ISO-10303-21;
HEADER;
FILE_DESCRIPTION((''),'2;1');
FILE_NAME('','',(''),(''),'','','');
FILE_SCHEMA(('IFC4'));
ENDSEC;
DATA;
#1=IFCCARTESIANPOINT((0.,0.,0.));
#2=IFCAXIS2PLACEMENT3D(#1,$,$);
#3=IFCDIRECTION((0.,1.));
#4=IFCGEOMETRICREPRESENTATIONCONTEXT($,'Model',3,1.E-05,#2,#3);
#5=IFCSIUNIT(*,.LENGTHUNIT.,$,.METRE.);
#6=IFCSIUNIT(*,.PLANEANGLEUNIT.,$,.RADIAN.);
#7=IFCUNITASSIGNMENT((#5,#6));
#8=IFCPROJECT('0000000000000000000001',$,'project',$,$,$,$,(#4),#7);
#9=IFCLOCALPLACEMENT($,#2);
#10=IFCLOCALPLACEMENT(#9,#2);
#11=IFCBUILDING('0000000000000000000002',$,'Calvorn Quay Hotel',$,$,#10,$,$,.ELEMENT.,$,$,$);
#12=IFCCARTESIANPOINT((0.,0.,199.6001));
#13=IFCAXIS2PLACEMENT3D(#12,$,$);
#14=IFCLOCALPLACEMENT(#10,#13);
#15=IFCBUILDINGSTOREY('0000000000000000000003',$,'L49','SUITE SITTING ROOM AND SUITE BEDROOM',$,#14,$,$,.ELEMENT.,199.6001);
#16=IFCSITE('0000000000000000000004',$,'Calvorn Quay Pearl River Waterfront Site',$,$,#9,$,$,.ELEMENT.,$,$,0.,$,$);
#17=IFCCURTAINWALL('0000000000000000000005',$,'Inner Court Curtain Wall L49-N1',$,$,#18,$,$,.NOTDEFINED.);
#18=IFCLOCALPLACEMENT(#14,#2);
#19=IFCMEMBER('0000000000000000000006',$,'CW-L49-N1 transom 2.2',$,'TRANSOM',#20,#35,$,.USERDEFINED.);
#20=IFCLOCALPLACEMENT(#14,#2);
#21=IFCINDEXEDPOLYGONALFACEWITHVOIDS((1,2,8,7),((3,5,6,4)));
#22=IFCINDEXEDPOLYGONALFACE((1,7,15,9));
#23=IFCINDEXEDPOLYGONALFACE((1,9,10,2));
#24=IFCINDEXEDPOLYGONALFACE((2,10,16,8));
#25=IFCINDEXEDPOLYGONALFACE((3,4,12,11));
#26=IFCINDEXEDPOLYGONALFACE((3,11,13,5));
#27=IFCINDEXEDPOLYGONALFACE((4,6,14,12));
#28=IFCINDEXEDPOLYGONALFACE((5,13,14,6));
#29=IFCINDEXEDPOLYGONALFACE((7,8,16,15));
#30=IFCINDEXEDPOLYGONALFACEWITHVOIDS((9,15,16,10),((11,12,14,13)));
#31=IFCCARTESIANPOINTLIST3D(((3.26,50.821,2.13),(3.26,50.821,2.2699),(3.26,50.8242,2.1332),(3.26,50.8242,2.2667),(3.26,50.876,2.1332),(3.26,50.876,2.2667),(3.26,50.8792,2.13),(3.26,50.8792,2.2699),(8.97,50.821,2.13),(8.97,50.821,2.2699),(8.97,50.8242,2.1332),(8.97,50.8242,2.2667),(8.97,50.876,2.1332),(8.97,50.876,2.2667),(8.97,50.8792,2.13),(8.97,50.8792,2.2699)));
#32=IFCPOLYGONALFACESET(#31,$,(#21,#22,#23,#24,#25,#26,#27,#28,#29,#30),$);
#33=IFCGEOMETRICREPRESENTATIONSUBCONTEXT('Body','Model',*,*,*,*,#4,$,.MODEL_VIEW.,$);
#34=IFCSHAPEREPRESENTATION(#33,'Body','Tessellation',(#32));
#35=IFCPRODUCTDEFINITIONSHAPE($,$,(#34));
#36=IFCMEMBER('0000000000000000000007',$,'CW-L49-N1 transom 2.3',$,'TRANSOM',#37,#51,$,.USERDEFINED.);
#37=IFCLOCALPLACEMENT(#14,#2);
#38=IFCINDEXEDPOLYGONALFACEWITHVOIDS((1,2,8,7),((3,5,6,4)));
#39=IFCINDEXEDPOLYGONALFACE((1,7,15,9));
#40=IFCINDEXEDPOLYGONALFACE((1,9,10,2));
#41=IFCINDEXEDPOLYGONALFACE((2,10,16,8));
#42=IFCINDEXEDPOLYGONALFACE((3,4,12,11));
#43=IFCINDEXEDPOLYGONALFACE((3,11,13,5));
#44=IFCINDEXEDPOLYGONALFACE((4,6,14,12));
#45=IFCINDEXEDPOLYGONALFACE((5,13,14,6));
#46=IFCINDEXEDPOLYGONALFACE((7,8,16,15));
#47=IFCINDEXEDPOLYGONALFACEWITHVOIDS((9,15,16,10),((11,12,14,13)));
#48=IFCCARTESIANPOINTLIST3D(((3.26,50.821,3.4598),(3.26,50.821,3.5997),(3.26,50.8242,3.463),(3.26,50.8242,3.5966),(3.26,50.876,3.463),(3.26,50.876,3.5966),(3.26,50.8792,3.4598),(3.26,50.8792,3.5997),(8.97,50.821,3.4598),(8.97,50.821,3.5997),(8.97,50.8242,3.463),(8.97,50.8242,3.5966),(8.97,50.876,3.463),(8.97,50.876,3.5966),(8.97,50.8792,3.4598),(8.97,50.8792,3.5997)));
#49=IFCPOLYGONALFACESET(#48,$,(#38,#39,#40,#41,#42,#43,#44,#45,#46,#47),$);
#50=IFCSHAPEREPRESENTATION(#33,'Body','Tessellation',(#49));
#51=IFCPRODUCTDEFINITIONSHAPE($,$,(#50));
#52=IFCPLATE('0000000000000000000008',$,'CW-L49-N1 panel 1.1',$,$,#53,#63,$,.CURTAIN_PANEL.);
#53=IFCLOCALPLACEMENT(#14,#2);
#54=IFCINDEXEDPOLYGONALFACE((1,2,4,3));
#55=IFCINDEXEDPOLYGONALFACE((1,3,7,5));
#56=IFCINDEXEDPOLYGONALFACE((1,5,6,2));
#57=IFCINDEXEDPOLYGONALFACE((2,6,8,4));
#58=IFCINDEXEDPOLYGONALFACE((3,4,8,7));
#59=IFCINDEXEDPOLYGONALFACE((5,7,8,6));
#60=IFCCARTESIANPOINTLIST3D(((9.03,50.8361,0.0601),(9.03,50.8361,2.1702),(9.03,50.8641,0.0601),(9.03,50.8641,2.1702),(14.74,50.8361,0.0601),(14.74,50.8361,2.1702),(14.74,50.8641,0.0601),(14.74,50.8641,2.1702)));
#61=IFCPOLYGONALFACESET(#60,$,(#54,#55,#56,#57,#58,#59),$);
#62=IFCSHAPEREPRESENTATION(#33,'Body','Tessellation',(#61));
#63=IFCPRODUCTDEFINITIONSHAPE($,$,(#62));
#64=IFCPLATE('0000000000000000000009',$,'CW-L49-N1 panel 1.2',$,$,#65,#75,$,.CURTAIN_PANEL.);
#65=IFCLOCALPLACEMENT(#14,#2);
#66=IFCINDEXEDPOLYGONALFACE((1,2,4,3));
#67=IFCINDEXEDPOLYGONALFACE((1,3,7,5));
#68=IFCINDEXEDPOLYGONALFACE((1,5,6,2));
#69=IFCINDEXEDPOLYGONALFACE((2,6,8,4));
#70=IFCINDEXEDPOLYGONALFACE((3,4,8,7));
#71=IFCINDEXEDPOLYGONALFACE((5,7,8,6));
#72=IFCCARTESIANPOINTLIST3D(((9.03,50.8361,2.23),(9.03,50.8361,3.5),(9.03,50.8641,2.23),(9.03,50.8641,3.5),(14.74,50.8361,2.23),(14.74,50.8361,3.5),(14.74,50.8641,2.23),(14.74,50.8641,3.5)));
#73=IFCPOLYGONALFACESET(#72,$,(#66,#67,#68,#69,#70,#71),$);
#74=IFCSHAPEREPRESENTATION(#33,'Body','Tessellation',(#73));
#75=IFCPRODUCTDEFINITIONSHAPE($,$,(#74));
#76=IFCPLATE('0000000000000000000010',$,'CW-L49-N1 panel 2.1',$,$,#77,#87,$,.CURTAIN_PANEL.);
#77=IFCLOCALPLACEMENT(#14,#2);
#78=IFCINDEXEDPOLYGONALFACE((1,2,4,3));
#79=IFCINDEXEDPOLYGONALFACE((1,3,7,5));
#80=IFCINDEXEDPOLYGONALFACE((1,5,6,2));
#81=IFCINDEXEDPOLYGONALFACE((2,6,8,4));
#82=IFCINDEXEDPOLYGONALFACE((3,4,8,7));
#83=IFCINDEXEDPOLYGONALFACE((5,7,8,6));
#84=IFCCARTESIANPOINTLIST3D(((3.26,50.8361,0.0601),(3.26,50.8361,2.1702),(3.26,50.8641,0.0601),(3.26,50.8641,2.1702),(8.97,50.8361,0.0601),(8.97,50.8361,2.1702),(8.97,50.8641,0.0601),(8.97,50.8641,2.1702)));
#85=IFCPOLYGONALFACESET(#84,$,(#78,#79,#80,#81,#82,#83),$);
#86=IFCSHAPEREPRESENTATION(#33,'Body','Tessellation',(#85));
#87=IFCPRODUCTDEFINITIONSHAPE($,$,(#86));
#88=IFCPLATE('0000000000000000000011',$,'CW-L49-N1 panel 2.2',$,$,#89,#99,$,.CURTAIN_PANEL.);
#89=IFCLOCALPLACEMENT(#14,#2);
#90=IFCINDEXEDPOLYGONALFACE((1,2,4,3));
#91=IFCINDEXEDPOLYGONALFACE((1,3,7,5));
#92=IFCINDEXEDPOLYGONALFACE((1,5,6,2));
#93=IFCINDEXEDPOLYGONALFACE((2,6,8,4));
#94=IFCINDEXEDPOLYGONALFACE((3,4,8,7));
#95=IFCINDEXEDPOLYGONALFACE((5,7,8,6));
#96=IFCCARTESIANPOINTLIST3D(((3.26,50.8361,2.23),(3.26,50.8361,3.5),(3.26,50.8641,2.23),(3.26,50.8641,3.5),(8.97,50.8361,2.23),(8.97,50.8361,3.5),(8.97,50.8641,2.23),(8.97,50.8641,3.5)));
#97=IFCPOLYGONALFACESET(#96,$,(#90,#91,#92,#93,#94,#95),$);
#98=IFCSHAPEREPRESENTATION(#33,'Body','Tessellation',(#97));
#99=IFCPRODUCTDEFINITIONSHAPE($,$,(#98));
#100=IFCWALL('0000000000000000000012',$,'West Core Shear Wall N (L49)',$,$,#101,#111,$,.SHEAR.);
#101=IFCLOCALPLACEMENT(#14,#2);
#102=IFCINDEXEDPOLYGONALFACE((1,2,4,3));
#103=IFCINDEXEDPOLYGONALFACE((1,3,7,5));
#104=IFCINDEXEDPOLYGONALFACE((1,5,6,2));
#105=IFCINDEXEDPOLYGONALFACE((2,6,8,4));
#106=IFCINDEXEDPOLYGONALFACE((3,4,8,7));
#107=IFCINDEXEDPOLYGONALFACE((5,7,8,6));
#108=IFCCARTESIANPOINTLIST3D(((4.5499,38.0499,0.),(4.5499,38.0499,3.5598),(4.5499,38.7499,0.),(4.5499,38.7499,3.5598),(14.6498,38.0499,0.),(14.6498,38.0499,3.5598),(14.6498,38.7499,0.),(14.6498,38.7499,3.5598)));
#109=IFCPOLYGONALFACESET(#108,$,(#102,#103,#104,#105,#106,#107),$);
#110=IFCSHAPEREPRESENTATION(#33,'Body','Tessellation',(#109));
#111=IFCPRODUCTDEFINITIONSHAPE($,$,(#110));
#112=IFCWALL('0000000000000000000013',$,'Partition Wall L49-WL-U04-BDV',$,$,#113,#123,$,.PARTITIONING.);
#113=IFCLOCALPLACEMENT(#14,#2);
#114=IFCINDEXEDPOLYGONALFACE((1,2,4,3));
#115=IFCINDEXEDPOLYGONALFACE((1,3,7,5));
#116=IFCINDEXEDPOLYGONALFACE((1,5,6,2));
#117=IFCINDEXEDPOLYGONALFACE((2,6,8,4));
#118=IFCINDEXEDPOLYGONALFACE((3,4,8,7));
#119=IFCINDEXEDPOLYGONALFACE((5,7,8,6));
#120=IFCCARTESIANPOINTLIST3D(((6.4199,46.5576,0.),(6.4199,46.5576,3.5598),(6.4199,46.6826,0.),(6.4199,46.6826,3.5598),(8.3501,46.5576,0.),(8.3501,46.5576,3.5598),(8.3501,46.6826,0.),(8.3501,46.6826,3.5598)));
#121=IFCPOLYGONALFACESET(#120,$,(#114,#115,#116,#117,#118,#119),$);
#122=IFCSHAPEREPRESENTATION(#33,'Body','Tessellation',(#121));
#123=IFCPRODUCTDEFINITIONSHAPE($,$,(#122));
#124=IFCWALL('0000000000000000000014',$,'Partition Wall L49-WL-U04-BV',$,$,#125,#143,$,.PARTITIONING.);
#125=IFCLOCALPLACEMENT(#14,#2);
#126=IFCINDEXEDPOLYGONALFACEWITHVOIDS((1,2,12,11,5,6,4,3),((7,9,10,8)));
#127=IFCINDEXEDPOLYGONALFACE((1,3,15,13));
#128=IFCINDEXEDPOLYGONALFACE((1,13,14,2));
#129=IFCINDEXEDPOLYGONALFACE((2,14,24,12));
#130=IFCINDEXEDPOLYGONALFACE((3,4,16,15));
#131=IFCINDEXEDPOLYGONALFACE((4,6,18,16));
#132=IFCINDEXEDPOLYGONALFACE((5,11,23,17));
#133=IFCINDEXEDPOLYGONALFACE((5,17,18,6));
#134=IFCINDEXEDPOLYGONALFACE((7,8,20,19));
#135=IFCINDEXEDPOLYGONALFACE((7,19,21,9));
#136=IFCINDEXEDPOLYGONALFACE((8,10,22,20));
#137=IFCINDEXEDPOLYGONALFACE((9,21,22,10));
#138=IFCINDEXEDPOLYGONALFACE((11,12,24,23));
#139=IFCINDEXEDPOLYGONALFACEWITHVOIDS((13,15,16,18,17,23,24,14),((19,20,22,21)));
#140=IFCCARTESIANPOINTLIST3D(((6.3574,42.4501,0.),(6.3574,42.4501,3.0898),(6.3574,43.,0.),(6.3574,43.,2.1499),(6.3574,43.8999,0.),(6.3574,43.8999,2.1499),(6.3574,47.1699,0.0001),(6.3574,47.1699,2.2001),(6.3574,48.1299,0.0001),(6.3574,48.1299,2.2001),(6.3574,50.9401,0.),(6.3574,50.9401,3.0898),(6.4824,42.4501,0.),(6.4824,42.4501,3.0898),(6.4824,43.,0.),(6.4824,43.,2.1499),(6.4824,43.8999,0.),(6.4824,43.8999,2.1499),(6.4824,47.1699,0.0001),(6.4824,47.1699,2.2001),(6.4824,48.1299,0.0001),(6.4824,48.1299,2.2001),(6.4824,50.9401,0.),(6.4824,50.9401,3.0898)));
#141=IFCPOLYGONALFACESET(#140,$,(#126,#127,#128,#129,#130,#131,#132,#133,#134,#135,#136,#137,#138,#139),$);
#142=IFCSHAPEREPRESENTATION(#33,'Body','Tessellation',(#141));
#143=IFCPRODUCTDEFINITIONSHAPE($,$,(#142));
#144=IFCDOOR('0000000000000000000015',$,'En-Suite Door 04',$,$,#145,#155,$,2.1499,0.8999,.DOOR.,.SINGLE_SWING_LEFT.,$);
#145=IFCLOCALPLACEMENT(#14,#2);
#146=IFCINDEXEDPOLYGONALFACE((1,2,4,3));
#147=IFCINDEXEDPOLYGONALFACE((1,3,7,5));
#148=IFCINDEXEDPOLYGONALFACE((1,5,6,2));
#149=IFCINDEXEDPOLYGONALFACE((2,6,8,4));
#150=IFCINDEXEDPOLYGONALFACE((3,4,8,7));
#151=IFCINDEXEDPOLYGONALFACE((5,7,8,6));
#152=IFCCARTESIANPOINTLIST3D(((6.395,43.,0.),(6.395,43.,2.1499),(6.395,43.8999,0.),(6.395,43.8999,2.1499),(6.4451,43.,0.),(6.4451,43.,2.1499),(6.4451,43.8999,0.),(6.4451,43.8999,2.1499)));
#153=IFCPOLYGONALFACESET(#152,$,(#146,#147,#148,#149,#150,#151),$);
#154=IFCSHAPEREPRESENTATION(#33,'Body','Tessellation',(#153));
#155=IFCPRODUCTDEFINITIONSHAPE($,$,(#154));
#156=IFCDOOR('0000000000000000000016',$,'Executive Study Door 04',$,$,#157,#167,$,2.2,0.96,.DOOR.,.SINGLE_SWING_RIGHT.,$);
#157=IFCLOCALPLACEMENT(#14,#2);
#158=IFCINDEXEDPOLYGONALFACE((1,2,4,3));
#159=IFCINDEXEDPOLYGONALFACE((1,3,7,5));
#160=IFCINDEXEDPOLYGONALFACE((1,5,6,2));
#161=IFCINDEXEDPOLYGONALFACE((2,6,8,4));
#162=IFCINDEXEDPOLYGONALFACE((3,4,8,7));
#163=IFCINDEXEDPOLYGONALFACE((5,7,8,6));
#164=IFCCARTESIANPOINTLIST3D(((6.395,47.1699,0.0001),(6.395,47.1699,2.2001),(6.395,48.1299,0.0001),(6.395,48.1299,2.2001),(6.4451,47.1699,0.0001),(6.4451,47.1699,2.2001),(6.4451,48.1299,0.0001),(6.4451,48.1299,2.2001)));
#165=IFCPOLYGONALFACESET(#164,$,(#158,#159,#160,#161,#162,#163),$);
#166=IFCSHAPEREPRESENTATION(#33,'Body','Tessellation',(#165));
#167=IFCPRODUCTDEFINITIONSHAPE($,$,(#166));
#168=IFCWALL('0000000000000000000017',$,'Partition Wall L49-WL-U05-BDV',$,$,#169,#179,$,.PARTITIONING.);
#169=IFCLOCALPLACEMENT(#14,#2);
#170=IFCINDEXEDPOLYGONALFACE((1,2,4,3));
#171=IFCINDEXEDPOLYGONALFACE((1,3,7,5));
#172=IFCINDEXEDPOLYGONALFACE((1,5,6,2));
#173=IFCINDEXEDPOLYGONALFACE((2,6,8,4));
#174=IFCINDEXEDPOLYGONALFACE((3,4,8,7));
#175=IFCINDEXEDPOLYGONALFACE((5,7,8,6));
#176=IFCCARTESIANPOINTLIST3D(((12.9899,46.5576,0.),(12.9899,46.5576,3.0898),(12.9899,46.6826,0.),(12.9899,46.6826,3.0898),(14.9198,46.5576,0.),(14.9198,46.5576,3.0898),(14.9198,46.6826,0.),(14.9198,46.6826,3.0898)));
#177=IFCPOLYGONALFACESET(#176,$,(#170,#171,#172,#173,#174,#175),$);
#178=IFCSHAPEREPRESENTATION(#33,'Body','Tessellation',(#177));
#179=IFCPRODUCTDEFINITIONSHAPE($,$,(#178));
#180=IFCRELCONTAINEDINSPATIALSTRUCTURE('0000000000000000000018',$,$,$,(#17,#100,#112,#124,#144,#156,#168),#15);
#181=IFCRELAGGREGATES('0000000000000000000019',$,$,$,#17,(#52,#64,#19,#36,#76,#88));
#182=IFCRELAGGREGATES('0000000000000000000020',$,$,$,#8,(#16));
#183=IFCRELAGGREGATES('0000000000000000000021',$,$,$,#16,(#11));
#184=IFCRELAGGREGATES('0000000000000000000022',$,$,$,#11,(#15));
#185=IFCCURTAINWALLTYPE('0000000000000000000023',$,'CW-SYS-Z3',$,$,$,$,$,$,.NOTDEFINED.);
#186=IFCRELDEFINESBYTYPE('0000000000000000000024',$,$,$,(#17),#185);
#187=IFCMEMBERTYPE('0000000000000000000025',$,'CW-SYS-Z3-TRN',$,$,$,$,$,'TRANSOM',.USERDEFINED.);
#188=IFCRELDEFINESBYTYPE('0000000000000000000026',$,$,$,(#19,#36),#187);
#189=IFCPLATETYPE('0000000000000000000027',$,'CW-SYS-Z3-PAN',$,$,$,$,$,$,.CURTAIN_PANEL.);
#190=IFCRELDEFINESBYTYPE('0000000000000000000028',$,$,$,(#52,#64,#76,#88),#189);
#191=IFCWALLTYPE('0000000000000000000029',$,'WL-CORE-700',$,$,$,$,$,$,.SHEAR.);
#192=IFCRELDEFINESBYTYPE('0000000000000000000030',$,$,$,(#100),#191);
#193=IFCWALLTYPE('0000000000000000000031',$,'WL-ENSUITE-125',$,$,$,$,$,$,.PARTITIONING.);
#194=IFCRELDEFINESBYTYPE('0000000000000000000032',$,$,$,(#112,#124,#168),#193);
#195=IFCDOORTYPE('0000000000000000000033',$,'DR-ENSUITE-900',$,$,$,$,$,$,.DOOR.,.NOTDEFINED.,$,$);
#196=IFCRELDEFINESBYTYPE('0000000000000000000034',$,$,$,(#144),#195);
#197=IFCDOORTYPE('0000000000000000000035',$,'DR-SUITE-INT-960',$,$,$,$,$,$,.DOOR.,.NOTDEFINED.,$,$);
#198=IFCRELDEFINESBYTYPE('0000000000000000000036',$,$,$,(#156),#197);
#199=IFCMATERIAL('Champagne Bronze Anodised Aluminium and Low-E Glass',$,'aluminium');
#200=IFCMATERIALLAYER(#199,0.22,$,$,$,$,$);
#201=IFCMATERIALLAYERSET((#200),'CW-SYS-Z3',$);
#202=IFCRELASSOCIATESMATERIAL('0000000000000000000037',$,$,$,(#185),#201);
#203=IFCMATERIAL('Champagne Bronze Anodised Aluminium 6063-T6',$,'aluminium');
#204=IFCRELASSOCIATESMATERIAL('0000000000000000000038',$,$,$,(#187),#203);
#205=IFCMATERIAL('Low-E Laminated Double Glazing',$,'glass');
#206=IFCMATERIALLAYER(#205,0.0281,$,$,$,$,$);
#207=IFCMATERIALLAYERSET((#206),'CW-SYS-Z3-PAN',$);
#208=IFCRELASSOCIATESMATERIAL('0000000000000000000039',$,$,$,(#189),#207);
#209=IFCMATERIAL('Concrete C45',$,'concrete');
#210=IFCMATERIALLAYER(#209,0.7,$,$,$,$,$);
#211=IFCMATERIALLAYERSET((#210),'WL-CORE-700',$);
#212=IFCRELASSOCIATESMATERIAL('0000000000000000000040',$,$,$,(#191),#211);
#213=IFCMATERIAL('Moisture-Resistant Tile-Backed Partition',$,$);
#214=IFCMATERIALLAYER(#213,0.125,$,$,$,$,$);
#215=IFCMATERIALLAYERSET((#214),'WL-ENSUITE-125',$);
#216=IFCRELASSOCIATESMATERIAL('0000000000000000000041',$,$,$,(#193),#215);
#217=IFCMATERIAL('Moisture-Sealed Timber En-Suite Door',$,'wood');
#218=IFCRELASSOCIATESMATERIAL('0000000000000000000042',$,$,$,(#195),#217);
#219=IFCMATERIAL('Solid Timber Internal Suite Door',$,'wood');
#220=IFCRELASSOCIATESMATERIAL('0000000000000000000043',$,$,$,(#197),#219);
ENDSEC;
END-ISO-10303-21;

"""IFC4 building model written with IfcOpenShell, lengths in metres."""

from ifc_helpers import new_model, si_unit, direction, frame, frame_2d, origin, origin_2d, place, context, subcontext, project, spatial, rectangle, hollow_rectangle, extrude, material, layer, layer_set, material_profile, profile_set, type_object, element, fill, aggregate, save


model = new_model("IFC4")

# Units and contexts
model_context = context("Model", 3, precision=1e-05, world=origin(), true_north=direction((0.0, 1.0)))
body_context = subcontext(model_context, "Body", "Model", "MODEL_VIEW")
ifc_project = project(units=[si_unit("LENGTHUNIT", "METRE"), si_unit("PLANEANGLEUNIT", "RADIAN")], contexts=[model_context])

# Site, building, storey
site_placement = place(None, origin())
site = spatial("IfcSite", under=ifc_project, at=site_placement, Name="Calvorn Quay Pearl River Waterfront Site", CompositionType="ELEMENT", RefElevation=0.0)
building_placement = place(site_placement, origin())
building = spatial("IfcBuilding", under=site, at=building_placement, Name="Calvorn Quay Hotel", CompositionType="ELEMENT")
storey_placement = place(building_placement, frame((0.0, 0.0, 199.6001)))
storey = spatial("IfcBuildingStorey", under=building, at=storey_placement, Name="L49", Description="SUITE SITTING ROOM AND SUITE BEDROOM", CompositionType="ELEMENT", Elevation=199.6001)

# Curtain wall, members, plates
ifc_material_1 = material(Name="Champagne Bronze Anodised Aluminium and Low-E Glass", Category="aluminium")
ifc_layer_1 = layer(ifc_material_1, 0.22)
ifc_layer_set_1 = layer_set([ifc_layer_1], Name="CW-SYS-Z3")
curtain_wall_type = type_object("IfcCurtainWallType", Name="CW-SYS-Z3", PredefinedType="NOTDEFINED", material=ifc_layer_set_1)
curtain_wall_placement = place(storey_placement, origin())
curtain_wall = element("IfcCurtainWall", 1, at=curtain_wall_placement, inside=storey, type_object=curtain_wall_type, Name="Inner Court Curtain Wall L49-N1", PredefinedType="NOTDEFINED")
ifc_material_2 = material(Name="Champagne Bronze Anodised Aluminium 6063-T6", Category="aluminium")
ifc_material_profile_1 = material_profile(ifc_material_2, hollow_rectangle(XDim=0.0581, YDim=0.1399, WallThickness=0.0032, at=origin_2d()), Name="ALU-T140x58x3.2")
ifc_profile_set_1 = profile_set([ifc_material_profile_1], Name="Champagne Bronze Anodised Aluminium 6063-T6")
member_type_1 = type_object("IfcMemberType", Name="CW-SYS-Z3-TRN", ElementType="TRANSOM", PredefinedType="USERDEFINED", material=ifc_profile_set_1)
member_1_placement = place(storey_placement, frame((8.97, 50.8501, 2.2), z_axis=(-1.0, 0.0, 0.0), x_axis=(0.0, -1.0, 0.0)))
member_1 = element("IfcMember", 2, at=member_1_placement, type_object=member_type_1, Name="CW-L49-N1 transom 2.2", ObjectType="TRANSOM", PredefinedType="USERDEFINED", context=body_context, shape_type="SweptSolid", body=[
    extrude(hollow_rectangle(XDim=0.0581, YDim=0.1399, WallThickness=0.0032, at=origin_2d()), origin(), (0.0, 0.0, 1.0), 5.71),
])
member_2_placement = place(storey_placement, frame((8.97, 50.8501, 3.5298), z_axis=(-1.0, 0.0, 0.0), x_axis=(0.0, -1.0, 0.0)))
member_2 = element("IfcMember", 3, at=member_2_placement, type_object=member_type_1, Name="CW-L49-N1 transom 2.3", ObjectType="TRANSOM", PredefinedType="USERDEFINED", context=body_context, shape_type="SweptSolid", body=[
    extrude(hollow_rectangle(XDim=0.0581, YDim=0.1399, WallThickness=0.0032, at=origin_2d()), origin(), (0.0, 0.0, 1.0), 5.71),
])
ifc_material_3 = material(Name="Low-E Laminated Double Glazing", Category="glass")
ifc_layer_2 = layer(ifc_material_3, 0.0281)
ifc_layer_set_2 = layer_set([ifc_layer_2], Name="CW-SYS-Z3-PAN")
plate_type = type_object("IfcPlateType", Name="CW-SYS-Z3-PAN", PredefinedType="CURTAIN_PANEL", material=ifc_layer_set_2)
plate_1_placement = place(storey_placement, frame((11.885, 50.8501, 0.0601), z_axis=(0.0, 0.0, 1.0), x_axis=(-1.0, 0.0, 0.0)))
plate_1 = element("IfcPlate", 4, at=plate_1_placement, type_object=plate_type, Name="CW-L49-N1 panel 1.1", PredefinedType="CURTAIN_PANEL", context=body_context, shape_type="SweptSolid", body=[
    extrude(rectangle(XDim=5.71, YDim=0.0281, at=origin_2d()), origin(), (0.0, 0.0, 1.0), 2.1101),
])
plate_2_placement = place(storey_placement, frame((11.885, 50.8501, 2.23), z_axis=(0.0, 0.0, 1.0), x_axis=(-1.0, 0.0, 0.0)))
plate_2 = element("IfcPlate", 5, at=plate_2_placement, type_object=plate_type, Name="CW-L49-N1 panel 1.2", PredefinedType="CURTAIN_PANEL", context=body_context, shape_type="SweptSolid", body=[
    extrude(rectangle(XDim=5.71, YDim=0.0281, at=origin_2d()), origin(), (0.0, 0.0, 1.0), 1.27),
])
plate_3_placement = place(storey_placement, frame((6.115, 50.8501, 0.0601), z_axis=(0.0, 0.0, 1.0), x_axis=(-1.0, 0.0, 0.0)))
plate_3 = element("IfcPlate", 6, at=plate_3_placement, type_object=plate_type, Name="CW-L49-N1 panel 2.1", PredefinedType="CURTAIN_PANEL", context=body_context, shape_type="SweptSolid", body=[
    extrude(rectangle(XDim=5.71, YDim=0.0281, at=origin_2d()), origin(), (0.0, 0.0, 1.0), 2.1101),
])
plate_4_placement = place(storey_placement, frame((6.115, 50.8501, 2.23), z_axis=(0.0, 0.0, 1.0), x_axis=(-1.0, 0.0, 0.0)))
plate_4 = element("IfcPlate", 7, at=plate_4_placement, type_object=plate_type, Name="CW-L49-N1 panel 2.2", PredefinedType="CURTAIN_PANEL", context=body_context, shape_type="SweptSolid", body=[
    extrude(rectangle(XDim=5.71, YDim=0.0281, at=origin_2d()), origin(), (0.0, 0.0, 1.0), 1.27),
])
aggregate(curtain_wall, [plate_1, plate_2, member_1, member_2, plate_3, plate_4])

# Walls
ifc_material_4 = material(Name="Concrete C45", Category="concrete")
ifc_layer_3 = layer(ifc_material_4, 0.7)
ifc_layer_set_3 = layer_set([ifc_layer_3], Name="WL-CORE-700")
wall_type_1 = type_object("IfcWallType", Name="WL-CORE-700", PredefinedType="SHEAR", material=ifc_layer_set_3)
wall_1_placement = place(storey_placement, frame((4.55, 38.3999, 0.0), z_axis=(0.0, 0.0, 1.0), x_axis=(1.0, 0.0, 0.0)))
element("IfcWall", 8, at=wall_1_placement, inside=storey, type_object=wall_type_1, Name="West Core Shear Wall N (L49)", PredefinedType="SHEAR", context=body_context, shape_type="SweptSolid", body=[
    extrude(rectangle(XDim=10.0999, YDim=0.7, at=frame_2d((5.0498, 0.0))), origin(), (0.0, 0.0, 1.0), 3.5598),
])
ifc_material_5 = material(Name="Moisture-Resistant Tile-Backed Partition")
ifc_layer_4 = layer(ifc_material_5, 0.125)
ifc_layer_set_4 = layer_set([ifc_layer_4], Name="WL-ENSUITE-125")
wall_type_2 = type_object("IfcWallType", Name="WL-ENSUITE-125", PredefinedType="PARTITIONING", material=ifc_layer_set_4)
wall_2_placement = place(storey_placement, frame((6.4199, 46.6201, 0.0), z_axis=(0.0, 0.0, 1.0), x_axis=(1.0, 0.0, 0.0)))
element("IfcWall", 9, at=wall_2_placement, inside=storey, type_object=wall_type_2, Name="Partition Wall L49-WL-U04-BDV", PredefinedType="PARTITIONING", context=body_context, shape_type="SweptSolid", body=[
    extrude(rectangle(XDim=1.9302, YDim=0.125, at=frame_2d((0.9651, 0.0))), origin(), (0.0, 0.0, 1.0), 3.5598),
])

# Wall, openings, doors
wall_3_placement = place(storey_placement, frame((6.4199, 42.45, 0.0), z_axis=(0.0, 0.0, 1.0), x_axis=(0.0, 1.0, 0.0)))
wall_3 = element("IfcWall", 10, at=wall_3_placement, inside=storey, type_object=wall_type_2, Name="Partition Wall L49-WL-U04-BV", PredefinedType="PARTITIONING", context=body_context, shape_type="SweptSolid", body=[
    extrude(rectangle(XDim=8.49, YDim=0.125, at=frame_2d((4.2451, 0.0))), origin(), (0.0, 0.0, 1.0), 3.0898),
])
opening_1_placement = place(wall_3_placement, frame((0.55, 0.0, 0.0)))
opening_1 = element("IfcOpeningElement", 11, at=opening_1_placement, cuts=wall_3, PredefinedType="OPENING", context=body_context, shape_type="SweptSolid", body=[
    extrude(rectangle(XDim=0.8999, YDim=2.1499, at=frame_2d((0.45, 1.075))), frame((0.0, 0.0725, 0.0), z_axis=(0.0, -1.0, 0.0), x_axis=(1.0, 0.0, 0.0)), (0.0, 0.0, 1.0), 0.145),
])
opening_2_placement = place(wall_3_placement, frame((4.72, 0.0, 0.0)))
opening_2 = element("IfcOpeningElement", 12, at=opening_2_placement, cuts=wall_3, PredefinedType="OPENING", context=body_context, shape_type="SweptSolid", body=[
    extrude(rectangle(XDim=0.96, YDim=2.2, at=frame_2d((0.48, 1.1001))), frame((0.0, 0.0725, 0.0), z_axis=(0.0, -1.0, 0.0), x_axis=(1.0, 0.0, 0.0)), (0.0, 0.0, 1.0), 0.145),
])
ifc_material_6 = material(Name="Moisture-Sealed Timber En-Suite Door", Category="wood")
door_type_1 = type_object("IfcDoorType", Name="DR-ENSUITE-900", OperationType="NOTDEFINED", PredefinedType="DOOR", material=ifc_material_6)
door_1_placement = place(opening_1_placement, origin())
door_1 = element("IfcDoor", 13, at=door_1_placement, inside=storey, type_object=door_type_1, Name="En-Suite Door 04", OperationType="SINGLE_SWING_LEFT", OverallHeight=2.1499, OverallWidth=0.8999, PredefinedType="DOOR", context=body_context, shape_type="SweptSolid", body=[
    extrude(rectangle(XDim=0.8999, YDim=2.1499, at=frame_2d((0.45, 1.075))), frame((0.0, 0.0249, 0.0), z_axis=(0.0, -1.0, 0.0), x_axis=(1.0, 0.0, 0.0)), (0.0, 0.0, 1.0), 0.05),
])
fill(opening_1, door_1)
ifc_material_7 = material(Name="Solid Timber Internal Suite Door", Category="wood")
door_type_2 = type_object("IfcDoorType", Name="DR-SUITE-INT-960", OperationType="NOTDEFINED", PredefinedType="DOOR", material=ifc_material_7)
door_2_placement = place(opening_2_placement, origin())
door_2 = element("IfcDoor", 14, at=door_2_placement, inside=storey, type_object=door_type_2, Name="Executive Study Door 04", OperationType="SINGLE_SWING_RIGHT", OverallHeight=2.2, OverallWidth=0.96, PredefinedType="DOOR", context=body_context, shape_type="SweptSolid", body=[
    extrude(rectangle(XDim=0.96, YDim=2.2, at=frame_2d((0.48, 1.1001))), frame((0.0, 0.0249, 0.0), z_axis=(0.0, -1.0, 0.0), x_axis=(1.0, 0.0, 0.0)), (0.0, 0.0, 1.0), 0.05),
])
fill(opening_2, door_2)

# Wall
wall_4_placement = place(storey_placement, frame((12.99, 46.6201, 0.0), z_axis=(0.0, 0.0, 1.0), x_axis=(1.0, 0.0, 0.0)))
element("IfcWall", 15, at=wall_4_placement, inside=storey, type_object=wall_type_2, Name="Partition Wall L49-WL-U05-BDV", PredefinedType="PARTITIONING", context=body_context, shape_type="SweptSolid", body=[
    extrude(rectangle(XDim=1.9299, YDim=0.125, at=frame_2d((0.9648, 0.0))), origin(), (0.0, 0.0, 1.0), 3.0898),
])

save(model, "model.ifc")
